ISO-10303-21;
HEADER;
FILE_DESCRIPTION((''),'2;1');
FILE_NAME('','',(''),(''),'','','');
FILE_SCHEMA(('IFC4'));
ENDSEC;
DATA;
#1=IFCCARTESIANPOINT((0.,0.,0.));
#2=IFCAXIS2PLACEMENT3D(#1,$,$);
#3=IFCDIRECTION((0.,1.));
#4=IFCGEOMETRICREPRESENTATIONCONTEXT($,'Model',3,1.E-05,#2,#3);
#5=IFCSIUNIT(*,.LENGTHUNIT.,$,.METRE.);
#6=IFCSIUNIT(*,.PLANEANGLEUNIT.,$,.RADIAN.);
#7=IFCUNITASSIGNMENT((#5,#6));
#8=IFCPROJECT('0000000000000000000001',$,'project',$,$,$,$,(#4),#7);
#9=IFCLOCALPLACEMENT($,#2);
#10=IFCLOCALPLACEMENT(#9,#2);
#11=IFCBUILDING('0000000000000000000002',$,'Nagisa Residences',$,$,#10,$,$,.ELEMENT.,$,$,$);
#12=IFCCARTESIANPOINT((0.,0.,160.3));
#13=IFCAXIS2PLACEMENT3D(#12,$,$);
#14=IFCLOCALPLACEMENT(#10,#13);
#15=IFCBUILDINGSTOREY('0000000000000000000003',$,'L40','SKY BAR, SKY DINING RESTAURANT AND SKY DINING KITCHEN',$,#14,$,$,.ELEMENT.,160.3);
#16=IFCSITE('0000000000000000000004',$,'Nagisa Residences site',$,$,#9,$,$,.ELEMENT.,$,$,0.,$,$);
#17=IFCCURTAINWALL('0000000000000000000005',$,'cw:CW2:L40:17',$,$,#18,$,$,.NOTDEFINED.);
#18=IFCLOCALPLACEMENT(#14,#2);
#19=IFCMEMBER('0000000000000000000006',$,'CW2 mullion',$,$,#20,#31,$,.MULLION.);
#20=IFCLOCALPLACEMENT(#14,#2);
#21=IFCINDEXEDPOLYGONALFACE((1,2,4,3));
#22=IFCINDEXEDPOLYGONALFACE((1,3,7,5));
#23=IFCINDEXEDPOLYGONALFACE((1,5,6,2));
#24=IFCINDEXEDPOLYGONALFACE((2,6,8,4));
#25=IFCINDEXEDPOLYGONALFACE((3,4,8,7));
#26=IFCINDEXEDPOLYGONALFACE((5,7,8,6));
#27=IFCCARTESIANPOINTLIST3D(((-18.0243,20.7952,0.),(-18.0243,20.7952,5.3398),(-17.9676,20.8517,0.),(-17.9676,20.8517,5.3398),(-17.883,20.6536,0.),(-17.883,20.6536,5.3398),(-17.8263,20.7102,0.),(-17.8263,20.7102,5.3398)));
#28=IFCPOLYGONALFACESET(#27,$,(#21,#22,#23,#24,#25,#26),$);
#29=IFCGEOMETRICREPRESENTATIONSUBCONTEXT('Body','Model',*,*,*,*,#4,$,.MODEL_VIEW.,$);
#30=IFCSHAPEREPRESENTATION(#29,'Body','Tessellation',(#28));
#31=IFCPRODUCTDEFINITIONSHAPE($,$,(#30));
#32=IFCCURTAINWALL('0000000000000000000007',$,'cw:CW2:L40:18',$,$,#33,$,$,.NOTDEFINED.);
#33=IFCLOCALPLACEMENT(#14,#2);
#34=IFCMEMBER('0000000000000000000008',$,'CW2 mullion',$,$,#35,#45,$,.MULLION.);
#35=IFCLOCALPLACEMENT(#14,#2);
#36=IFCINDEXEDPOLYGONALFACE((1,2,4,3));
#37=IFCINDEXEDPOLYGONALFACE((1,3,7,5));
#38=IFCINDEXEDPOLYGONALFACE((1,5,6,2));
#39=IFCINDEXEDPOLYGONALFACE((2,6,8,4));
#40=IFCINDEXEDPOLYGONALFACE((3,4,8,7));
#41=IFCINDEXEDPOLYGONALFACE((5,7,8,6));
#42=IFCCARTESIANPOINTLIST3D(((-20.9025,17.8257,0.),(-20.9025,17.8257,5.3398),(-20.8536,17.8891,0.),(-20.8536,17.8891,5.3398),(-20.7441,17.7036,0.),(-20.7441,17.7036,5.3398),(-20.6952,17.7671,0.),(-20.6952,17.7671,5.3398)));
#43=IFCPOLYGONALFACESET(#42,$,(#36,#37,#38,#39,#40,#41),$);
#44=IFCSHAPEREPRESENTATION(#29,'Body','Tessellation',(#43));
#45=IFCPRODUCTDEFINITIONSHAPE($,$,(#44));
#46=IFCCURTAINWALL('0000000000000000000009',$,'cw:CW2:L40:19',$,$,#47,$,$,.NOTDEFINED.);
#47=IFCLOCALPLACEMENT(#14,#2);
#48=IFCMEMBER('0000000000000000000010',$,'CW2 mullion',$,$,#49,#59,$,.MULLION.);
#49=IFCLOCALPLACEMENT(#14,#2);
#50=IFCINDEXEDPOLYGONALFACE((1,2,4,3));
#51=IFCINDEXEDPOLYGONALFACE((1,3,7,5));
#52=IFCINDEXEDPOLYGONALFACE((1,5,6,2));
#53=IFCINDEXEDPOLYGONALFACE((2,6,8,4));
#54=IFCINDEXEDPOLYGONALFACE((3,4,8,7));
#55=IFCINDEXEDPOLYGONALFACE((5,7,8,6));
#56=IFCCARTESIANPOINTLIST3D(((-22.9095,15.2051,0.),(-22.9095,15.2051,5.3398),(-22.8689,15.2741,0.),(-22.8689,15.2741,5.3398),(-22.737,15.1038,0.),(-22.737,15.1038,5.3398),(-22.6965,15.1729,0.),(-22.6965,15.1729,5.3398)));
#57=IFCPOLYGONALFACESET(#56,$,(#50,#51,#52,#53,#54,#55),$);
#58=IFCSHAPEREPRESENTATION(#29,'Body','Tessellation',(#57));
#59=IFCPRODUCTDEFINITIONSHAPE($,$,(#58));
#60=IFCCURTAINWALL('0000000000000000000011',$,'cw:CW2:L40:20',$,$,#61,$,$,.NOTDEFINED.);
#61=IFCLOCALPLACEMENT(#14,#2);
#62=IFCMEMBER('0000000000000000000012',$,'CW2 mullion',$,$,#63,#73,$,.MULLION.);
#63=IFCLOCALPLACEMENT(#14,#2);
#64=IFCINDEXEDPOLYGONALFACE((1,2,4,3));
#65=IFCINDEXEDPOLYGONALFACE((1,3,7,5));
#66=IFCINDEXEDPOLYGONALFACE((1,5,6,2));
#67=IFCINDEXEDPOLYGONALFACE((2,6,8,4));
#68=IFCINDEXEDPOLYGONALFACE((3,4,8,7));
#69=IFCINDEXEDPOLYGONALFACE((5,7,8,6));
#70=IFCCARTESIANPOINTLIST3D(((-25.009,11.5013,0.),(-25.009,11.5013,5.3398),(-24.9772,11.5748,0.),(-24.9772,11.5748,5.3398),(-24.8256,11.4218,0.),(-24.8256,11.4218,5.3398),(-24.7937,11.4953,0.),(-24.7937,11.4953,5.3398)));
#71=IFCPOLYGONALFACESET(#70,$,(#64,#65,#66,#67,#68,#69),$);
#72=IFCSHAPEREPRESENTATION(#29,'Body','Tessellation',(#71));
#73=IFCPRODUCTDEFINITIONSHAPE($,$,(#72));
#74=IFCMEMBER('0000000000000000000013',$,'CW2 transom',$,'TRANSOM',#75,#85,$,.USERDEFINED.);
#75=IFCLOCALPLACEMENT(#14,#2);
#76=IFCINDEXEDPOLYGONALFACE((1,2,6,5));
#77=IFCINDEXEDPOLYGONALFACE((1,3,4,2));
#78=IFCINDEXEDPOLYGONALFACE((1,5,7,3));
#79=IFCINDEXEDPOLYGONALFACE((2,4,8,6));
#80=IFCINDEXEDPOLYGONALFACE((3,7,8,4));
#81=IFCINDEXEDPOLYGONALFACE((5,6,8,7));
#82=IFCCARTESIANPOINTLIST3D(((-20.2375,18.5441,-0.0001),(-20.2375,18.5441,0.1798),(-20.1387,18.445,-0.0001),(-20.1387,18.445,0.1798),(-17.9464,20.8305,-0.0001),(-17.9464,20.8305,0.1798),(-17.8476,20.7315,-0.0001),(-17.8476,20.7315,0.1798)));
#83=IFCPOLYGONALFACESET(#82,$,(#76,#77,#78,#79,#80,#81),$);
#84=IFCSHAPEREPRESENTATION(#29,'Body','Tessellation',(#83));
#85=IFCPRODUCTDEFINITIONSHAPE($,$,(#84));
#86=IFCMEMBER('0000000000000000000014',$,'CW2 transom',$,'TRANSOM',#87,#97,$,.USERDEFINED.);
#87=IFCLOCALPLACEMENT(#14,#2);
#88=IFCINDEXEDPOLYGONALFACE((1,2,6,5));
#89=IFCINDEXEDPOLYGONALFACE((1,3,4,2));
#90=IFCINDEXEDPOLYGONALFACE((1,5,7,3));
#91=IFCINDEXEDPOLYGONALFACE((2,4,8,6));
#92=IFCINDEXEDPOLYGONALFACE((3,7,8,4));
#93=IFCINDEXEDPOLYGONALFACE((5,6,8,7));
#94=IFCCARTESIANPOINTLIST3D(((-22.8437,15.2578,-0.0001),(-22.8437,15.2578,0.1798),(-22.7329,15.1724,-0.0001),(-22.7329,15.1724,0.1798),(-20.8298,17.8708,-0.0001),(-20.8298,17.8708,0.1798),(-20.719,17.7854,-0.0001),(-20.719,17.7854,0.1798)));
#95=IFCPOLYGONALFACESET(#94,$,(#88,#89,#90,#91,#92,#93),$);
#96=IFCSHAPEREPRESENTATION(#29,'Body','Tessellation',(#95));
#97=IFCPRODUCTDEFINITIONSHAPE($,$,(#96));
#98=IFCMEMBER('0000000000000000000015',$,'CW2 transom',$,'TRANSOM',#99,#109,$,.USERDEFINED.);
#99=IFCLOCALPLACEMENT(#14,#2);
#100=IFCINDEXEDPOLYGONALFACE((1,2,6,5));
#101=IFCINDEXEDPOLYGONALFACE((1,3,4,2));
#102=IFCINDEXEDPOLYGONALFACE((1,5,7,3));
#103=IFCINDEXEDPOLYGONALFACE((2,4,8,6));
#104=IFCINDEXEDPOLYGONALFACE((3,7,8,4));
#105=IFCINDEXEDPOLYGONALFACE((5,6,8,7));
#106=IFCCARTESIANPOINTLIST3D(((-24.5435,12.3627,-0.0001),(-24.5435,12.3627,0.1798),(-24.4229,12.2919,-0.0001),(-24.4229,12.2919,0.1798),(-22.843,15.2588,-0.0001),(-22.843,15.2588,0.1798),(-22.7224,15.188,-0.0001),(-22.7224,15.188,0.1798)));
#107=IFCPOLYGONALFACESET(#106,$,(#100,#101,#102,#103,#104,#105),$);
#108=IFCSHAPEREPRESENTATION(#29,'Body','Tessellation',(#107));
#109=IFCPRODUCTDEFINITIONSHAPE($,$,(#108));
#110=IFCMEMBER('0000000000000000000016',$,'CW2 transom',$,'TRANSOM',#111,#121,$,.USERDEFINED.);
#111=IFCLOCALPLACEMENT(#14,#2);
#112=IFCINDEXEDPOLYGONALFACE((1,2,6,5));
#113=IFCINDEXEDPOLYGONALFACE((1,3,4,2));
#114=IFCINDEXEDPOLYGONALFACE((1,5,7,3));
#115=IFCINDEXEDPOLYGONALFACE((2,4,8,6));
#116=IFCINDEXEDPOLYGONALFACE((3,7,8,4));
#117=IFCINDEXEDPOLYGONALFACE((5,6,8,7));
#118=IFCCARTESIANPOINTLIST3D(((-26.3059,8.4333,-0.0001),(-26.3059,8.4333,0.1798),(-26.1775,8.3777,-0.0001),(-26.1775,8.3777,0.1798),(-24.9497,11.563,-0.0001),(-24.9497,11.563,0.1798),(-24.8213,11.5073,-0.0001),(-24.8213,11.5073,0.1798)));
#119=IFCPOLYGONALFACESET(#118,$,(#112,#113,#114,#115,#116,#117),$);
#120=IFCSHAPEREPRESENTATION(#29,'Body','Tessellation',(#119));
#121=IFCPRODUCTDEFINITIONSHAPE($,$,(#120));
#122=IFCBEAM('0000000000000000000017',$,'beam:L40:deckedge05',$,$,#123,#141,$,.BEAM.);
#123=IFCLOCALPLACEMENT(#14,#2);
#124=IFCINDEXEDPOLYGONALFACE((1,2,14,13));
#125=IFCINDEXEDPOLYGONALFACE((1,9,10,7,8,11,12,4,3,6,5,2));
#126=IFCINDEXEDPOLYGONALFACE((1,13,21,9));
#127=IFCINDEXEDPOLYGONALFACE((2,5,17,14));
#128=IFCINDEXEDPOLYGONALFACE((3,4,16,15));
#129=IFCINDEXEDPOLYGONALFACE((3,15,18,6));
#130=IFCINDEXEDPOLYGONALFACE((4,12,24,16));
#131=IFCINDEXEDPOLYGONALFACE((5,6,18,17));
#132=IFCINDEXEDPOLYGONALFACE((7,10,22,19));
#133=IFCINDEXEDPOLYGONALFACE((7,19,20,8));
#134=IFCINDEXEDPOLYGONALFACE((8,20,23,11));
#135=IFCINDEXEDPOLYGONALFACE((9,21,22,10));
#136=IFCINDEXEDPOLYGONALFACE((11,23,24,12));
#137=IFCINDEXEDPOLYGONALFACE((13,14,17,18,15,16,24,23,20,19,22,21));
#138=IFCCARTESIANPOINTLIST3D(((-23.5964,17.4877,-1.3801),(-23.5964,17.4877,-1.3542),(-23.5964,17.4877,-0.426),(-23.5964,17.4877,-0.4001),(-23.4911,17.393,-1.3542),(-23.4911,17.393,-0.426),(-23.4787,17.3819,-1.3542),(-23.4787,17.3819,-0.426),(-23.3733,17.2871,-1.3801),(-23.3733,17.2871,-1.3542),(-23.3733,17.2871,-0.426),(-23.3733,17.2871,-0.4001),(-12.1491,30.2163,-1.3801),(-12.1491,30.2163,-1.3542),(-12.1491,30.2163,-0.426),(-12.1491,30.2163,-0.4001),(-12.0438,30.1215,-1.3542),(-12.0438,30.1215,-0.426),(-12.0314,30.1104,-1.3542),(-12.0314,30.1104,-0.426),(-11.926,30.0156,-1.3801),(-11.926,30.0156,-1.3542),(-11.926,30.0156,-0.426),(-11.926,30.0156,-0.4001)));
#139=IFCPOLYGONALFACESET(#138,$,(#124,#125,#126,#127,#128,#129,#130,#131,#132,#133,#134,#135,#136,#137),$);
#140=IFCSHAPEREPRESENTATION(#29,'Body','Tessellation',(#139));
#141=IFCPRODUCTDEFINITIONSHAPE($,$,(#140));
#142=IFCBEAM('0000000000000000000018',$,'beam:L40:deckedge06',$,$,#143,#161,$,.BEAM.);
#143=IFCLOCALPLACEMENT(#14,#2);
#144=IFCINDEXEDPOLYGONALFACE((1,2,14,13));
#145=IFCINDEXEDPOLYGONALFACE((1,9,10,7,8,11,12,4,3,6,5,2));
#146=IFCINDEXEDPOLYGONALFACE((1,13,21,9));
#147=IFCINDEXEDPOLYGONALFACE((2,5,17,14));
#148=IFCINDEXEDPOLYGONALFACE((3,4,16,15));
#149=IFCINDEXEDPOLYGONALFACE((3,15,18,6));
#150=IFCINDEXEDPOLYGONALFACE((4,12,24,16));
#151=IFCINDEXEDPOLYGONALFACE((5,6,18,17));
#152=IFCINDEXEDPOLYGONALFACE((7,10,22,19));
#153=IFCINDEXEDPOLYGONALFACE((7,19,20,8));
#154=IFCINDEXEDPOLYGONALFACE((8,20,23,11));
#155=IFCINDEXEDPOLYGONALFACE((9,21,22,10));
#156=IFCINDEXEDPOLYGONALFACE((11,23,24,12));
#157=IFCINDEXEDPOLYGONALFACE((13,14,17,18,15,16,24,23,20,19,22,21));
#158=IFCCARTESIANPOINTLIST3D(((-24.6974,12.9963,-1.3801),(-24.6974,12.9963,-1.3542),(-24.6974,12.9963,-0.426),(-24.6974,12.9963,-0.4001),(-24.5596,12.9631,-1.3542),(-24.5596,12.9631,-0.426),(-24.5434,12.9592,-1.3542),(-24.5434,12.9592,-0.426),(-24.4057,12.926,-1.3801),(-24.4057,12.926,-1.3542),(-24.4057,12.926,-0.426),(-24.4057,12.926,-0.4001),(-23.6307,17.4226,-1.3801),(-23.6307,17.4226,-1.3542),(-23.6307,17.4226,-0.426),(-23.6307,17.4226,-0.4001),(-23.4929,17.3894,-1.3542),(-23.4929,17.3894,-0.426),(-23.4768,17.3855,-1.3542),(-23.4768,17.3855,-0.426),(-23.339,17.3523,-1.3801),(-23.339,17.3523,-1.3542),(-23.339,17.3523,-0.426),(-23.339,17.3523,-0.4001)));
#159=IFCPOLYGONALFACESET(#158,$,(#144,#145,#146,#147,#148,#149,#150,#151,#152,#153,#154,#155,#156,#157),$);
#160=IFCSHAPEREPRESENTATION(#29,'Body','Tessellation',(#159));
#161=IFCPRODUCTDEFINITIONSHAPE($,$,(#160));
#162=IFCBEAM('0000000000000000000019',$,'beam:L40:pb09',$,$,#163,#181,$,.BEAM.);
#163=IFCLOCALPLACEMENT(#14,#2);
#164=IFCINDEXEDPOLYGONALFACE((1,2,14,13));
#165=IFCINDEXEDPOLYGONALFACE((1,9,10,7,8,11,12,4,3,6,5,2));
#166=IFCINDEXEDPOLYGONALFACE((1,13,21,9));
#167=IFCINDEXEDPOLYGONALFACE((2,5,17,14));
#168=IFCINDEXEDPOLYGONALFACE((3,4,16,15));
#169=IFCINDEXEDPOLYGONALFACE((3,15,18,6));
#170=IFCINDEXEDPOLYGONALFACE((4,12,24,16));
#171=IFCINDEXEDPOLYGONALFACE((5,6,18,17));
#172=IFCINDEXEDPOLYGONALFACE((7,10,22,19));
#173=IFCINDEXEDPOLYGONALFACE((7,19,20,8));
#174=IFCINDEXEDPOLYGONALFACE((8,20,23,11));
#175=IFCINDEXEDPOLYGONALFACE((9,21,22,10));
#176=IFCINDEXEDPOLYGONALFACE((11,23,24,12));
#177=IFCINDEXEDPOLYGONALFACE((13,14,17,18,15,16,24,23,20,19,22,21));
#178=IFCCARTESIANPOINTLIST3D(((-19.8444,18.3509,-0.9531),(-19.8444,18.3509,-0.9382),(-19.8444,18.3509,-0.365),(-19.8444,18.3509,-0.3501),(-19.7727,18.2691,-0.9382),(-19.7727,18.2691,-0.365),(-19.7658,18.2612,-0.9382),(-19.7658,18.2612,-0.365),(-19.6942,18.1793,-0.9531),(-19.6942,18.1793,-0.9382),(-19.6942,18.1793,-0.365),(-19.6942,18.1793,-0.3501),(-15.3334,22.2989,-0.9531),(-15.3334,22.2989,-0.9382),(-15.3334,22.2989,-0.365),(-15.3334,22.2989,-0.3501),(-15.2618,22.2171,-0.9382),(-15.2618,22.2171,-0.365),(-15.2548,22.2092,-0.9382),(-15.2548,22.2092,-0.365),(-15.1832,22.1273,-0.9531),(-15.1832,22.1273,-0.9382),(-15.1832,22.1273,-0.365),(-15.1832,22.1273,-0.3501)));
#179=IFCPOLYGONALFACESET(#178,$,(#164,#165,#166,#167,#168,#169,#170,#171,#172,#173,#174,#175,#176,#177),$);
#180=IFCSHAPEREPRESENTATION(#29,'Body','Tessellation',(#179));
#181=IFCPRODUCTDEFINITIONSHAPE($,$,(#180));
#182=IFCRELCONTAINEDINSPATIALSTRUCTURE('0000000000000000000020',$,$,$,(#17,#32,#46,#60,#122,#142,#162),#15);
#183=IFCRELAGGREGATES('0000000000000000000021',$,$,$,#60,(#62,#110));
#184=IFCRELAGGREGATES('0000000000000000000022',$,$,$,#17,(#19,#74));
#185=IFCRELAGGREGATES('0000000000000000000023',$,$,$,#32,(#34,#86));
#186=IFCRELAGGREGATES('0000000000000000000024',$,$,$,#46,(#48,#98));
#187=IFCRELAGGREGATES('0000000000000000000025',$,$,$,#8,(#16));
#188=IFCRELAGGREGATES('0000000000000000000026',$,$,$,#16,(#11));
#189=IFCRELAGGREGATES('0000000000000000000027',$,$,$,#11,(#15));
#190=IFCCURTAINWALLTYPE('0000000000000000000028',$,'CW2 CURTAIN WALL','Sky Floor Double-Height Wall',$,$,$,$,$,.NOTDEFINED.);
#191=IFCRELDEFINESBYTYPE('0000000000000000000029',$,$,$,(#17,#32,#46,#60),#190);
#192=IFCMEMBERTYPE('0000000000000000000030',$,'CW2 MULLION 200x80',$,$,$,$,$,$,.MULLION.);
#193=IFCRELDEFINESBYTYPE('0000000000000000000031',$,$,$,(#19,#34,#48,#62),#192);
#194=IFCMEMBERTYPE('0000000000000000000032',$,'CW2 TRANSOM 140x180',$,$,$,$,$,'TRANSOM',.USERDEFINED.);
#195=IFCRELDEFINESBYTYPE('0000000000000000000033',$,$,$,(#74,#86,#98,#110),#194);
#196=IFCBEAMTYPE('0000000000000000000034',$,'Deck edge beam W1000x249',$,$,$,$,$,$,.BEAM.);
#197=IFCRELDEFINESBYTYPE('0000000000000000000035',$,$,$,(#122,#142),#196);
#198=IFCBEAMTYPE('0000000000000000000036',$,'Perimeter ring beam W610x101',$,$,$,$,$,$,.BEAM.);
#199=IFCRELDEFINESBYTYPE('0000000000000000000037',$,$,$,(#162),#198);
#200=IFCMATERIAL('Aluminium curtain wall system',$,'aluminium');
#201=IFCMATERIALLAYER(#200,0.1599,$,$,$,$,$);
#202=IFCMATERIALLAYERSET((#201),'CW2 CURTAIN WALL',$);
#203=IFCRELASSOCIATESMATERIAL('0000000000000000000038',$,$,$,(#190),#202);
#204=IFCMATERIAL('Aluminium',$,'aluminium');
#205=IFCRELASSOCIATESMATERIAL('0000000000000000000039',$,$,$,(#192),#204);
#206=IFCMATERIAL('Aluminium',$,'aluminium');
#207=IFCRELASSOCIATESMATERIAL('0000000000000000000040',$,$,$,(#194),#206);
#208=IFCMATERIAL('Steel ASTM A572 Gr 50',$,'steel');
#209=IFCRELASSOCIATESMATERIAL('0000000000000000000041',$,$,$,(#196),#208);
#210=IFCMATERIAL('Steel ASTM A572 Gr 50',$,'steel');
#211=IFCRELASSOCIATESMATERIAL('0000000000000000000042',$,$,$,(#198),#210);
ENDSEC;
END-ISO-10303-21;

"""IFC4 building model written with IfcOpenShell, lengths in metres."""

from ifc_helpers import new_model, si_unit, direction, frame, origin, origin_2d, place, context, subcontext, project, spatial, rectangle, i_section, extrude, material, layer, layer_set, material_profile, profile_set, type_object, element, aggregate, save


model = new_model("IFC4")

# Units and contexts
model_context = context("Model", 3, precision=1e-05, world=origin(), true_north=direction((0.0, 1.0)))
body_context = subcontext(model_context, "Body", "Model", "MODEL_VIEW")
ifc_project = project(units=[si_unit("LENGTHUNIT", "METRE"), si_unit("PLANEANGLEUNIT", "RADIAN")], contexts=[model_context])

# Site, building, storey
site_placement = place(None, origin())
site = spatial("IfcSite", under=ifc_project, at=site_placement, Name="Nagisa Residences site", CompositionType="ELEMENT", RefElevation=0.0)
building_placement = place(site_placement, origin())
building = spatial("IfcBuilding", under=site, at=building_placement, Name="Nagisa Residences", CompositionType="ELEMENT")
storey_placement = place(building_placement, frame((0.0, 0.0, 160.3)))
storey = spatial("IfcBuildingStorey", under=building, at=storey_placement, Name="L40", Description="SKY BAR, SKY DINING RESTAURANT AND SKY DINING KITCHEN", CompositionType="ELEMENT", Elevation=160.3)

# Curtain walls, members
ifc_material_1 = material(Name="Aluminium curtain wall system", Category="aluminium")
ifc_layer_1 = layer(ifc_material_1, 0.1599)
ifc_layer_set_1 = layer_set([ifc_layer_1], Name="CW2 CURTAIN WALL")
curtain_wall_type = type_object("IfcCurtainWallType", Name="CW2 CURTAIN WALL", Description="Sky Floor Double-Height Wall", PredefinedType="NOTDEFINED", material=ifc_layer_set_1)
curtain_wall_1_placement = place(storey_placement, origin())
curtain_wall_1 = element("IfcCurtainWall", 1, at=curtain_wall_1_placement, inside=storey, type_object=curtain_wall_type, Name="cw:CW2:L40:17", PredefinedType="NOTDEFINED")
ifc_material_2 = material(Name="Aluminium", Category="aluminium")
ifc_material_profile_1 = material_profile(ifc_material_2, rectangle(XDim=0.2, YDim=0.0801, at=origin_2d()), Name="CW2 MULLION 200x80")
ifc_profile_set_1 = profile_set([ifc_material_profile_1], Name="Aluminium")
member_type_1 = type_object("IfcMemberType", Name="CW2 MULLION 200x80", PredefinedType="MULLION", material=ifc_profile_set_1)
member_1_placement = place(storey_placement, frame((-17.9253, 20.7527, 0.0), z_axis=(0.0, 0.0, 1.0), x_axis=(0.706377, -0.707836, 0.0)))
member_1 = element("IfcMember", 2, at=member_1_placement, type_object=member_type_1, Name="CW2 mullion", PredefinedType="MULLION", context=body_context, shape_type="SweptSolid", body=[
    extrude(rectangle(XDim=0.2, YDim=0.0801, at=origin_2d()), origin(), (0.0, 0.0, 1.0), 5.3398),
])
curtain_wall_2_placement = place(storey_placement, origin())
curtain_wall_2 = element("IfcCurtainWall", 3, at=curtain_wall_2_placement, inside=storey, type_object=curtain_wall_type, Name="cw:CW2:L40:18", PredefinedType="NOTDEFINED")
member_2_placement = place(storey_placement, frame((-20.7988, 17.7964, 0.0), z_axis=(0.0, 0.0, 1.0), x_axis=(0.79207, -0.61043, 0.0)))
member_2 = element("IfcMember", 4, at=member_2_placement, type_object=member_type_1, Name="CW2 mullion", PredefinedType="MULLION", context=body_context, shape_type="SweptSolid", body=[
    extrude(rectangle(XDim=0.2, YDim=0.0801, at=origin_2d()), origin(), (0.0, 0.0, 1.0), 5.3398),
])
curtain_wall_3_placement = place(storey_placement, origin())
curtain_wall_3 = element("IfcCurtainWall", 5, at=curtain_wall_3_placement, inside=storey, type_object=curtain_wall_type, Name="cw:CW2:L40:19", PredefinedType="NOTDEFINED")
member_3_placement = place(storey_placement, frame((-22.803, 15.189, 0.0), z_axis=(0.0, 0.0, 1.0), x_axis=(0.862329, -0.506349, 0.0)))
member_3 = element("IfcMember", 6, at=member_3_placement, type_object=member_type_1, Name="CW2 mullion", PredefinedType="MULLION", context=body_context, shape_type="SweptSolid", body=[
    extrude(rectangle(XDim=0.2, YDim=0.0801, at=origin_2d()), origin(), (0.0, 0.0, 1.0), 5.3398),
])
curtain_wall_4_placement = place(storey_placement, origin())
curtain_wall_4 = element("IfcCurtainWall", 7, at=curtain_wall_4_placement, inside=storey, type_object=curtain_wall_type, Name="cw:CW2:L40:20", PredefinedType="NOTDEFINED")
member_4_placement = place(storey_placement, frame((-24.9014, 11.4983, 0.0), z_axis=(0.0, 0.0, 1.0), x_axis=(0.917543, -0.397636, 0.0)))
member_4 = element("IfcMember", 8, at=member_4_placement, type_object=member_type_1, Name="CW2 mullion", PredefinedType="MULLION", context=body_context, shape_type="SweptSolid", body=[
    extrude(rectangle(XDim=0.2, YDim=0.0801, at=origin_2d()), origin(), (0.0, 0.0, 1.0), 5.3398),
])

# Members
ifc_material_3 = material(Name="Aluminium", Category="aluminium")
ifc_material_profile_2 = material_profile(ifc_material_3, rectangle(XDim=0.1399, YDim=0.1799, at=origin_2d()), Name="CW2 TRANSOM 140x180")
ifc_profile_set_2 = profile_set([ifc_material_profile_2], Name="Aluminium")
member_type_2 = type_object("IfcMemberType", Name="CW2 TRANSOM 140x180", ElementType="TRANSOM", PredefinedType="USERDEFINED", material=ifc_profile_set_2)
member_5_placement = place(storey_placement, frame((-17.897, 20.781, 0.0898), z_axis=(-0.707823, -0.70639, 0.0), x_axis=(0.70639, -0.707823, 0.0)))
member_5 = element("IfcMember", 9, at=member_5_placement, type_object=member_type_2, Name="CW2 transom", ObjectType="TRANSOM", PredefinedType="USERDEFINED", context=body_context, shape_type="SweptSolid", body=[
    extrude(rectangle(XDim=0.1399, YDim=0.1799, at=origin_2d()), origin(), (0.0, 0.0, 1.0), 3.2368),
])
member_6_placement = place(storey_placement, frame((-20.7744, 17.8281, 0.0898), z_axis=(-0.610451, -0.792054, 0.0), x_axis=(0.792054, -0.610451, 0.0)))
member_6 = element("IfcMember", 10, at=member_6_placement, type_object=member_type_2, Name="CW2 transom", ObjectType="TRANSOM", PredefinedType="USERDEFINED", context=body_context, shape_type="SweptSolid", body=[
    extrude(rectangle(XDim=0.1399, YDim=0.1799, at=origin_2d()), origin(), (0.0, 0.0, 1.0), 3.2991),
])
member_7_placement = place(storey_placement, frame((-22.7827, 15.2234, 0.0898), z_axis=(-0.506337, -0.862336, 0.0), x_axis=(0.862336, -0.506337, 0.0)))
member_7 = element("IfcMember", 11, at=member_7_placement, type_object=member_type_2, Name="CW2 transom", ObjectType="TRANSOM", PredefinedType="USERDEFINED", context=body_context, shape_type="SweptSolid", body=[
    extrude(rectangle(XDim=0.1399, YDim=0.1799, at=origin_2d()), origin(), (0.0, 0.0, 1.0), 3.3584),
])
member_8_placement = place(storey_placement, frame((-24.8855, 11.5352, 0.0898), z_axis=(-0.397613, -0.917553, 0.0), x_axis=(0.917553, -0.397613, 0.0)))
member_8 = element("IfcMember", 12, at=member_8_placement, type_object=member_type_2, Name="CW2 transom", ObjectType="TRANSOM", PredefinedType="USERDEFINED", context=body_context, shape_type="SweptSolid", body=[
    extrude(rectangle(XDim=0.1399, YDim=0.1799, at=origin_2d()), origin(), (0.0, 0.0, 1.0), 3.4109),
])
aggregate(curtain_wall_4, [member_4, member_8])

# Beams
ifc_material_4 = material(Name="Steel ASTM A572 Gr 50", Category="steel")
ifc_material_profile_3 = material_profile(ifc_material_4, i_section(OverallWidth=0.3, OverallDepth=0.98, WebThickness=0.0166, FlangeThickness=0.0259, at=origin_2d()), Name="W1000x249")
ifc_profile_set_3 = profile_set([ifc_material_profile_3], Name="Steel ASTM A572 Gr 50")
beam_type_1 = type_object("IfcBeamType", Name="Deck edge beam W1000x249", PredefinedType="BEAM", material=ifc_profile_set_3)
beam_1_placement = place(storey_placement, frame((-12.0376, 30.116, -0.8901), z_axis=(-0.668694, -0.743538, 0.0), x_axis=(0.743538, -0.668694, 0.0)))
element("IfcBeam", 13, at=beam_1_placement, inside=storey, type_object=beam_type_1, Name="beam:L40:deckedge05", PredefinedType="BEAM", context=body_context, shape_type="SweptSolid", body=[
    extrude(i_section(OverallWidth=0.3, OverallDepth=0.98, WebThickness=0.0166, FlangeThickness=0.0259, at=origin_2d()), origin(), (0.0, 0.0, 1.0), 17.1189),
])
beam_2_placement = place(storey_placement, frame((-23.4849, 17.3875, -0.8901), z_axis=(-0.234275, -0.97217, 0.0), x_axis=(0.97217, -0.234275, 0.0)))
element("IfcBeam", 14, at=beam_2_placement, inside=storey, type_object=beam_type_1, Name="beam:L40:deckedge06", PredefinedType="BEAM", context=body_context, shape_type="SweptSolid", body=[
    extrude(i_section(OverallWidth=0.3, OverallDepth=0.98, WebThickness=0.0166, FlangeThickness=0.0259, at=origin_2d()), origin(), (0.0, 0.0, 1.0), 4.553),
])
ifc_material_5 = material(Name="Steel ASTM A572 Gr 50", Category="steel")
ifc_material_profile_4 = material_profile(ifc_material_5, i_section(OverallWidth=0.228, OverallDepth=0.603, WebThickness=0.0105, FlangeThickness=0.0149, at=origin_2d()), Name="W610x101")
ifc_profile_set_4 = profile_set([ifc_material_profile_4], Name="Steel ASTM A572 Gr 50")
beam_type_2 = type_object("IfcBeamType", Name="Perimeter ring beam W610x101", PredefinedType="BEAM", material=ifc_profile_set_4)
beam_3_placement = place(storey_placement, frame((-15.2583, 22.2131, -0.6516), z_axis=(-0.752504, -0.658588, 0.0), x_axis=(0.658588, -0.752504, 0.0)))
element("IfcBeam", 15, at=beam_3_placement, inside=storey, type_object=beam_type_2, Name="beam:L40:pb09", PredefinedType="BEAM", context=body_context, shape_type="SweptSolid", body=[
    extrude(i_section(OverallWidth=0.228, OverallDepth=0.603, WebThickness=0.0105, FlangeThickness=0.0149, at=origin_2d()), origin(), (0.0, 0.0, 1.0), 5.9946),
])

aggregate(curtain_wall_1, [member_1, member_5])
aggregate(curtain_wall_2, [member_2, member_6])
aggregate(curtain_wall_3, [member_3, member_7])

save(model, "model.ifc")
